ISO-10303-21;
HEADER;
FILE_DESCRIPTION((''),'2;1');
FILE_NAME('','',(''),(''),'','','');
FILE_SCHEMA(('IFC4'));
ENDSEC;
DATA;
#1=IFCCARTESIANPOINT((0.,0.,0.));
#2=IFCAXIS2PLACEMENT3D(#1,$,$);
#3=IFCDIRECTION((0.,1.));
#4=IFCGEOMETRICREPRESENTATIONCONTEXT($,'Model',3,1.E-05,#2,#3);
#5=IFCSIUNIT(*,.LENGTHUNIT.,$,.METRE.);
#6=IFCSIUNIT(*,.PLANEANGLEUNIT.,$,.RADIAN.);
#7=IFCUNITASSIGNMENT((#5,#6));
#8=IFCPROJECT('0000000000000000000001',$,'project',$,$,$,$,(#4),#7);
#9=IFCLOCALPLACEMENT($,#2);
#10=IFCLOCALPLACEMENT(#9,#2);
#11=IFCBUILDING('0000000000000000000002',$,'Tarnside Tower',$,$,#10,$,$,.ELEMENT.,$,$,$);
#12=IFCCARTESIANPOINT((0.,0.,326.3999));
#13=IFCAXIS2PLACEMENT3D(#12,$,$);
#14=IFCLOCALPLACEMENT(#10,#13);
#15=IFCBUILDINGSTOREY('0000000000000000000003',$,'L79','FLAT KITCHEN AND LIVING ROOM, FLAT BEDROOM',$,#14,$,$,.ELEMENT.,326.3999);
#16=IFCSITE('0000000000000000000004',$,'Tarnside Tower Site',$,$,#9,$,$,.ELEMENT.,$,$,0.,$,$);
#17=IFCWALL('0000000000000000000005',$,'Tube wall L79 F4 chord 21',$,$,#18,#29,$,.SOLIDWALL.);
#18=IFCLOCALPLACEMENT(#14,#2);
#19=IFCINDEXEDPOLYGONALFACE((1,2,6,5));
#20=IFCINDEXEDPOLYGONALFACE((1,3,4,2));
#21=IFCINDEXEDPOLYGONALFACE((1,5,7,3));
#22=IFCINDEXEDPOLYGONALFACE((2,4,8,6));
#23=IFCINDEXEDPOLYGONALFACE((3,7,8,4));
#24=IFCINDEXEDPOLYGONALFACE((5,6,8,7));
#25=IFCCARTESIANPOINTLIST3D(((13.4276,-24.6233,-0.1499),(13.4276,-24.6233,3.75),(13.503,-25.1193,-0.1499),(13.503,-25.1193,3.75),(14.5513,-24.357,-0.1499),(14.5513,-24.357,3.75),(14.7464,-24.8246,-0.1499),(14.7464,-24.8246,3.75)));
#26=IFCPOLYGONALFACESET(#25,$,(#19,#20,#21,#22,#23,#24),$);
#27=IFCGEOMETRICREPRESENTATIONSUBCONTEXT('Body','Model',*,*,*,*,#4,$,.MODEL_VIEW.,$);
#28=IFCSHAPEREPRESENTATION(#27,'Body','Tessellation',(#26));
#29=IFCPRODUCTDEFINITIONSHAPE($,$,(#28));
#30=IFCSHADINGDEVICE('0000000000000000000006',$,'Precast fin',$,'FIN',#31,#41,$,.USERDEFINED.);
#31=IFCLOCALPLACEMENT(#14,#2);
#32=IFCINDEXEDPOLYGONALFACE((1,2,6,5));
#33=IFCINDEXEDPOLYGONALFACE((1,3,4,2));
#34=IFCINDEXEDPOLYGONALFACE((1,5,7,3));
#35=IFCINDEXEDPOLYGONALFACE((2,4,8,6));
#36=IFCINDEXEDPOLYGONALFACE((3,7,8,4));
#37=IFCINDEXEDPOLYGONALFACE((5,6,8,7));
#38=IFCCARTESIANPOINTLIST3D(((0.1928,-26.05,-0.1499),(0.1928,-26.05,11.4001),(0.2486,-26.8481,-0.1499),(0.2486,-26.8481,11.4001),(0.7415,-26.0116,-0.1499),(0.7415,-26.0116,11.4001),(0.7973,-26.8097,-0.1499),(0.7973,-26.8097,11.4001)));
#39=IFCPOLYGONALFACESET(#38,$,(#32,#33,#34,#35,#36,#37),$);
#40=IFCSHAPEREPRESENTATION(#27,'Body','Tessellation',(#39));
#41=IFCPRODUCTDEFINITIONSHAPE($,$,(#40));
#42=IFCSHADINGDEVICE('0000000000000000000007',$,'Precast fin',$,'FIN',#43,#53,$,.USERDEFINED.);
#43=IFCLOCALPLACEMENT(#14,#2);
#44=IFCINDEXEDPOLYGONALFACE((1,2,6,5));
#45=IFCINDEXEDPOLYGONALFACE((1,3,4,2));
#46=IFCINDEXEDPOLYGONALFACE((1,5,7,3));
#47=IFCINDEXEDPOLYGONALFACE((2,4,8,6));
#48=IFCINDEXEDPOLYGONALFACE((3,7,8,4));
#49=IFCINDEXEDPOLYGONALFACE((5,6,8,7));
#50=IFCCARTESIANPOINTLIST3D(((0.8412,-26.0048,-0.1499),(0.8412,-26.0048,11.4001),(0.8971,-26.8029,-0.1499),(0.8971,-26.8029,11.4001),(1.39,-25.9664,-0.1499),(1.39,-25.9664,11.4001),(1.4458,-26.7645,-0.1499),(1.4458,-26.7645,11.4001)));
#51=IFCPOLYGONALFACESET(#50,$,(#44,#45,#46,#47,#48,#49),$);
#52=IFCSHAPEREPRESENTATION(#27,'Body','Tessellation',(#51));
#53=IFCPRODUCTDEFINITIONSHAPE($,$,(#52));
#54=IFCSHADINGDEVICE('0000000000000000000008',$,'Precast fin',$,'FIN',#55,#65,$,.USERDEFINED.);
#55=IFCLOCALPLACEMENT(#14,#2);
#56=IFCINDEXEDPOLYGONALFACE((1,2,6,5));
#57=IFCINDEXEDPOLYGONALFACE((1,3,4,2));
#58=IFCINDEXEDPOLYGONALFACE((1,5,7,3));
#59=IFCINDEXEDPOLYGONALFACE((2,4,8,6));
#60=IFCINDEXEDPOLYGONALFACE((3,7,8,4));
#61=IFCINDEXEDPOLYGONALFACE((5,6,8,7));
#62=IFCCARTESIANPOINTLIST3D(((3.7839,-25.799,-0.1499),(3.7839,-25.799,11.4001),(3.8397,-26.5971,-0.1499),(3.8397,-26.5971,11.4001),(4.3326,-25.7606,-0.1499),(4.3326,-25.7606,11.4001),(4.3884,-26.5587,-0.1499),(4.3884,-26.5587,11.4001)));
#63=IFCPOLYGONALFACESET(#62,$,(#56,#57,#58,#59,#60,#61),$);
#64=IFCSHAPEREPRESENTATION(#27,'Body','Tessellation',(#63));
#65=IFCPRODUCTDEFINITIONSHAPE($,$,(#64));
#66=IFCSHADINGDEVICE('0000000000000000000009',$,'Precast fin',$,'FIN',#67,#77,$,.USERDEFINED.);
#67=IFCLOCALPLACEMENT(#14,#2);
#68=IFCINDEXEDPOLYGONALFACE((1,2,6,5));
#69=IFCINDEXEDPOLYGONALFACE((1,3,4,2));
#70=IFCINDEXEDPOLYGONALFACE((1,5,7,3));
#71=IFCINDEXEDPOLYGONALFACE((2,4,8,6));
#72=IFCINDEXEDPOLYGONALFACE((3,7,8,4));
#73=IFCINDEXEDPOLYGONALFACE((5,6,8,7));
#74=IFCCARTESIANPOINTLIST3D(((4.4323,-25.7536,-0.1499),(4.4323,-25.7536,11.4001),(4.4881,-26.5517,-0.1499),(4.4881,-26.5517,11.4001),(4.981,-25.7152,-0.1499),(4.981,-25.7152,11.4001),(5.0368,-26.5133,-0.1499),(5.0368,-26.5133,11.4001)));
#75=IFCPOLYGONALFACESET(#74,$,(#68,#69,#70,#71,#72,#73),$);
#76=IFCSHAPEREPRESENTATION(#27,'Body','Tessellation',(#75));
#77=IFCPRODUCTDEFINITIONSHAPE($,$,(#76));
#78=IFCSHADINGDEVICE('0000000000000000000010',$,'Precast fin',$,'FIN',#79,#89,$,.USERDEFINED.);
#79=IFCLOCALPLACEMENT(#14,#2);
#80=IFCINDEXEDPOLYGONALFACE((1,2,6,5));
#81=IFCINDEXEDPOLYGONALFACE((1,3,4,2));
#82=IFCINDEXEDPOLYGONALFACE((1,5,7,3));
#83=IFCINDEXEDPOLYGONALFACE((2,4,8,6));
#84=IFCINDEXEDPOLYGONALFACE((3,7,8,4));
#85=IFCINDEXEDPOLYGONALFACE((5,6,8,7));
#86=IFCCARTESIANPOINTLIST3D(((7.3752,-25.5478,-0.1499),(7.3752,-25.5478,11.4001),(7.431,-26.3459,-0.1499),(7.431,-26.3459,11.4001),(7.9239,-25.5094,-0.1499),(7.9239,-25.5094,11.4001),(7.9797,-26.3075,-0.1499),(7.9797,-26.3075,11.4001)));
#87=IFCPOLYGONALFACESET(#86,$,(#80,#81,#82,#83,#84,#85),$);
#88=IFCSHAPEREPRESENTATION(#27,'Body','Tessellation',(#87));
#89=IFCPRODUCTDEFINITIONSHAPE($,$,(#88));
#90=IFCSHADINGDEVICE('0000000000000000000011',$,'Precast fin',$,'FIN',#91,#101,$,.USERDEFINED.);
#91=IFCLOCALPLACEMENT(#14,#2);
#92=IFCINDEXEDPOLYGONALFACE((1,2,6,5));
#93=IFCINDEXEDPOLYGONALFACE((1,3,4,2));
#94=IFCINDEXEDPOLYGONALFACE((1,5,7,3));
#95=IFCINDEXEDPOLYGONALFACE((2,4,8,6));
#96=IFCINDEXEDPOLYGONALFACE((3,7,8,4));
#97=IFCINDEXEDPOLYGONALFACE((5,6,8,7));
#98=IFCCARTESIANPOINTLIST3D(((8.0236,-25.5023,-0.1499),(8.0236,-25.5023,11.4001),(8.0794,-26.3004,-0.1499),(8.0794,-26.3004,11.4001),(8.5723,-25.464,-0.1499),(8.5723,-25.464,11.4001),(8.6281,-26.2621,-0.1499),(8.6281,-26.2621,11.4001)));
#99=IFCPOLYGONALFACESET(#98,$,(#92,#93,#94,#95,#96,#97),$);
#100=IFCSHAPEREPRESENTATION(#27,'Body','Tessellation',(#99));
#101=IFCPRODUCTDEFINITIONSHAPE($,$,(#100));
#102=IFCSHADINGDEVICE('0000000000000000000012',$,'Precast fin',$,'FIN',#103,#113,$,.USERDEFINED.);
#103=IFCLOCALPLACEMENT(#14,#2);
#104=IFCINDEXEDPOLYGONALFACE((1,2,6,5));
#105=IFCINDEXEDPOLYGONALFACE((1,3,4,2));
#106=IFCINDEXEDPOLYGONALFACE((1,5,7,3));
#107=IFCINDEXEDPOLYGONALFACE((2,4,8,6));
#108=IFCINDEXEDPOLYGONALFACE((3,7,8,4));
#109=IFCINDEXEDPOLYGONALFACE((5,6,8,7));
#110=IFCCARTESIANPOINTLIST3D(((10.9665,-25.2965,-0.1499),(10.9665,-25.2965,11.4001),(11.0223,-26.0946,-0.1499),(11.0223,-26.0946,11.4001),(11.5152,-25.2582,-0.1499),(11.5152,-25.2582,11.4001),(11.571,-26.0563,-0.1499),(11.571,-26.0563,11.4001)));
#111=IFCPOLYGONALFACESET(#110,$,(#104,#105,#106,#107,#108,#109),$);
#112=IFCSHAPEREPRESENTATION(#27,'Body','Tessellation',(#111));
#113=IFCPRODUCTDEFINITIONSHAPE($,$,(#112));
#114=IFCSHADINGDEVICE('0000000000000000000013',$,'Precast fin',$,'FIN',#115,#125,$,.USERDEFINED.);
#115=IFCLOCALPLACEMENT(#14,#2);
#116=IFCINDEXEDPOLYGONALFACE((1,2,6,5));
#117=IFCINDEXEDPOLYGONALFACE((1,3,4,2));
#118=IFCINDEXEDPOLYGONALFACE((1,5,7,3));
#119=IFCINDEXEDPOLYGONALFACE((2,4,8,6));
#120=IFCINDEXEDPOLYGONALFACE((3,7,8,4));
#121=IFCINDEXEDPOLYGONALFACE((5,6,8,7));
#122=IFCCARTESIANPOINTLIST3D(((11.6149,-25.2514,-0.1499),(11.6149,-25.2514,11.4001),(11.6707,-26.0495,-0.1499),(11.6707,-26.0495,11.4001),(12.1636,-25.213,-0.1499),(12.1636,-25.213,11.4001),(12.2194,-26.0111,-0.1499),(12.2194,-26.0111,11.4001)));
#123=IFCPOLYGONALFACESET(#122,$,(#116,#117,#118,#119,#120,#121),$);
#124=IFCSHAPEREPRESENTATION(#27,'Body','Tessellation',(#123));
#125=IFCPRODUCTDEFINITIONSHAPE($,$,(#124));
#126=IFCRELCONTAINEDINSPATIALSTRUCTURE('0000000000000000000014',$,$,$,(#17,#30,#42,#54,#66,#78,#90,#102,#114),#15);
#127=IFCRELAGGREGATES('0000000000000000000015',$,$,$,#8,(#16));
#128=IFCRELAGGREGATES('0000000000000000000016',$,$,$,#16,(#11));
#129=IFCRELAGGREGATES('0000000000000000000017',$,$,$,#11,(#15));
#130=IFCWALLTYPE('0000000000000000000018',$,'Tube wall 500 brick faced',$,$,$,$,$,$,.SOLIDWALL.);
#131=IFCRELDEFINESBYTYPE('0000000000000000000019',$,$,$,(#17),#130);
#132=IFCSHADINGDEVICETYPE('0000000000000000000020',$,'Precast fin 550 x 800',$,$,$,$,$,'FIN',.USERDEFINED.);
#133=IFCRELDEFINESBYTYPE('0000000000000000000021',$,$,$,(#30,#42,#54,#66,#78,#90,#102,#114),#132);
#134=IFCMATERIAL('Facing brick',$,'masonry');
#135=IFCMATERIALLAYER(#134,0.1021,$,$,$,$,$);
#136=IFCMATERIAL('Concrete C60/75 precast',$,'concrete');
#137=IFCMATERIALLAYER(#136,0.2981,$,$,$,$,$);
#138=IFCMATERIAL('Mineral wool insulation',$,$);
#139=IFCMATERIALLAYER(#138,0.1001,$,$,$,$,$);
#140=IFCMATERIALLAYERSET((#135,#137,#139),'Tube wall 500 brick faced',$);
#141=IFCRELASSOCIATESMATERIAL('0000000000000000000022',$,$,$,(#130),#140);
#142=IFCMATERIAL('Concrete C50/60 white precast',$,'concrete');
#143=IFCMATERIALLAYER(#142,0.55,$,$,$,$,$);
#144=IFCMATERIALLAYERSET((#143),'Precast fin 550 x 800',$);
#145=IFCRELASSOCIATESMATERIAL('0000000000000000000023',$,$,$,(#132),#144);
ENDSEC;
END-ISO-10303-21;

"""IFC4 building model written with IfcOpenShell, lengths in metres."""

from ifc_helpers import new_model, si_unit, direction, frame, origin, place, context, subcontext, project, spatial, polyline, outline, extrude, material, layer, layer_set, type_object, element, save


model = new_model("IFC4")

# Units and contexts
model_context = context("Model", 3, precision=1e-05, world=origin(), true_north=direction((0.0, 1.0)))
body_context = subcontext(model_context, "Body", "Model", "MODEL_VIEW")
ifc_project = project(units=[si_unit("LENGTHUNIT", "METRE"), si_unit("PLANEANGLEUNIT", "RADIAN")], contexts=[model_context])

# Site, building, storey
site_placement = place(None, origin())
site = spatial("IfcSite", under=ifc_project, at=site_placement, Name="Tarnside Tower Site", CompositionType="ELEMENT", RefElevation=0.0)
building_placement = place(site_placement, origin())
building = spatial("IfcBuilding", under=site, at=building_placement, Name="Tarnside Tower", CompositionType="ELEMENT")
storey_placement = place(building_placement, frame((0.0, 0.0, 326.3999)))
storey = spatial("IfcBuildingStorey", under=building, at=storey_placement, Name="L79", Description="FLAT KITCHEN AND LIVING ROOM, FLAT BEDROOM", CompositionType="ELEMENT", Elevation=326.3999)

# Wall
ifc_material_1 = material(Name="Concrete C60/75 precast", Category="concrete")
ifc_material_2 = material(Name="Mineral wool insulation")
ifc_material_3 = material(Name="Facing brick", Category="masonry")
ifc_layer_1 = layer(ifc_material_3, 0.1021)
ifc_layer_2 = layer(ifc_material_1, 0.2981)
ifc_layer_3 = layer(ifc_material_2, 0.1001)
ifc_layer_set_1 = layer_set([ifc_layer_1, ifc_layer_2, ifc_layer_3], Name="Tube wall 500 brick faced")
wall_type_1 = type_object("IfcWallType", Name="Tube wall 500 brick faced", PredefinedType="SOLIDWALL", material=ifc_layer_set_1)
wall_1_placement = place(storey_placement, frame((13.4653, -24.8713, -0.1499), z_axis=(0.0, 0.0, 1.0), x_axis=(0.973045, 0.230616, 0.0)))
element("IfcWall", 1, at=wall_1_placement, inside=storey, type_object=wall_type_1, Name="Tube wall L79 F4 chord 21", PredefinedType="SOLIDWALL", context=body_context, shape_type="SweptSolid", body=[
    extrude(outline(polyline([(-0.0205, -0.25), (1.2573, -0.25), (1.1753, 0.25), (0.0205, 0.25), (-0.0205, -0.25)])), origin(), (0.0, 0.0, 1.0), 3.8999),
])

# Shading devices
ifc_material_4 = material(Name="Concrete C50/60 white precast", Category="concrete")
ifc_layer_4 = layer(ifc_material_4, 0.55)
ifc_layer_set_2 = layer_set([ifc_layer_4], Name="Precast fin 550 x 800")
shading_device_type = type_object("IfcShadingDeviceType", Name="Precast fin 550 x 800", ElementType="FIN", PredefinedType="USERDEFINED", material=ifc_layer_set_2)
for number, where, z_axis, x_axis, name in (
    (2, (0.4673, -26.0308, -0.1499), (-0.997564, -0.069756, 0.0), (0.069756, -0.997564, 0.0), "Precast fin"),
    (3, (1.1157, -25.9856, -0.1499), (-0.997564, -0.069756, 0.0), (0.069756, -0.997564, 0.0), "Precast fin"),
    (4, (4.0583, -25.7798, -0.1499), (-0.997564, -0.069756, 0.0), (0.069756, -0.997564, 0.0), "Precast fin"),
    (5, (4.7068, -25.7344, -0.1499), (-0.997564, -0.069756, 0.0), (0.069756, -0.997564, 0.0), "Precast fin"),
    (6, (7.6497, -25.5286, -0.1499), (-0.997564, -0.069756, 0.0), (0.069756, -0.997564, 0.0), "Precast fin"),
    (7, (8.2981, -25.4832, -0.1499), (-0.997564, -0.069756, 0.0), (0.069756, -0.997564, 0.0), "Precast fin"),
    (8, (11.241, -25.2773, -0.1499), (-0.997564, -0.069756, 0.0), (0.069756, -0.997564, 0.0), "Precast fin"),
    (9, (11.8894, -25.2322, -0.1499), (-0.997564, -0.069756, 0.0), (0.069756, -0.997564, 0.0), "Precast fin"),
):
    element("IfcShadingDevice", number, at=place(storey_placement, frame(where, z_axis=z_axis, x_axis=x_axis)), inside=storey, type_object=shading_device_type, Name=name, ObjectType="FIN", PredefinedType="USERDEFINED", context=body_context, shape_type="SweptSolid", body=[
        extrude(outline(polyline([(0.0, 0.0), (0.8, 0.0), (0.8, 11.55), (0.0, 11.55), (0.0, 0.0)])), frame((0.0, 0.0, -0.2749)), (0.0, 0.0, 1.0), 0.55),
    ])

save(model, "model.ifc")
